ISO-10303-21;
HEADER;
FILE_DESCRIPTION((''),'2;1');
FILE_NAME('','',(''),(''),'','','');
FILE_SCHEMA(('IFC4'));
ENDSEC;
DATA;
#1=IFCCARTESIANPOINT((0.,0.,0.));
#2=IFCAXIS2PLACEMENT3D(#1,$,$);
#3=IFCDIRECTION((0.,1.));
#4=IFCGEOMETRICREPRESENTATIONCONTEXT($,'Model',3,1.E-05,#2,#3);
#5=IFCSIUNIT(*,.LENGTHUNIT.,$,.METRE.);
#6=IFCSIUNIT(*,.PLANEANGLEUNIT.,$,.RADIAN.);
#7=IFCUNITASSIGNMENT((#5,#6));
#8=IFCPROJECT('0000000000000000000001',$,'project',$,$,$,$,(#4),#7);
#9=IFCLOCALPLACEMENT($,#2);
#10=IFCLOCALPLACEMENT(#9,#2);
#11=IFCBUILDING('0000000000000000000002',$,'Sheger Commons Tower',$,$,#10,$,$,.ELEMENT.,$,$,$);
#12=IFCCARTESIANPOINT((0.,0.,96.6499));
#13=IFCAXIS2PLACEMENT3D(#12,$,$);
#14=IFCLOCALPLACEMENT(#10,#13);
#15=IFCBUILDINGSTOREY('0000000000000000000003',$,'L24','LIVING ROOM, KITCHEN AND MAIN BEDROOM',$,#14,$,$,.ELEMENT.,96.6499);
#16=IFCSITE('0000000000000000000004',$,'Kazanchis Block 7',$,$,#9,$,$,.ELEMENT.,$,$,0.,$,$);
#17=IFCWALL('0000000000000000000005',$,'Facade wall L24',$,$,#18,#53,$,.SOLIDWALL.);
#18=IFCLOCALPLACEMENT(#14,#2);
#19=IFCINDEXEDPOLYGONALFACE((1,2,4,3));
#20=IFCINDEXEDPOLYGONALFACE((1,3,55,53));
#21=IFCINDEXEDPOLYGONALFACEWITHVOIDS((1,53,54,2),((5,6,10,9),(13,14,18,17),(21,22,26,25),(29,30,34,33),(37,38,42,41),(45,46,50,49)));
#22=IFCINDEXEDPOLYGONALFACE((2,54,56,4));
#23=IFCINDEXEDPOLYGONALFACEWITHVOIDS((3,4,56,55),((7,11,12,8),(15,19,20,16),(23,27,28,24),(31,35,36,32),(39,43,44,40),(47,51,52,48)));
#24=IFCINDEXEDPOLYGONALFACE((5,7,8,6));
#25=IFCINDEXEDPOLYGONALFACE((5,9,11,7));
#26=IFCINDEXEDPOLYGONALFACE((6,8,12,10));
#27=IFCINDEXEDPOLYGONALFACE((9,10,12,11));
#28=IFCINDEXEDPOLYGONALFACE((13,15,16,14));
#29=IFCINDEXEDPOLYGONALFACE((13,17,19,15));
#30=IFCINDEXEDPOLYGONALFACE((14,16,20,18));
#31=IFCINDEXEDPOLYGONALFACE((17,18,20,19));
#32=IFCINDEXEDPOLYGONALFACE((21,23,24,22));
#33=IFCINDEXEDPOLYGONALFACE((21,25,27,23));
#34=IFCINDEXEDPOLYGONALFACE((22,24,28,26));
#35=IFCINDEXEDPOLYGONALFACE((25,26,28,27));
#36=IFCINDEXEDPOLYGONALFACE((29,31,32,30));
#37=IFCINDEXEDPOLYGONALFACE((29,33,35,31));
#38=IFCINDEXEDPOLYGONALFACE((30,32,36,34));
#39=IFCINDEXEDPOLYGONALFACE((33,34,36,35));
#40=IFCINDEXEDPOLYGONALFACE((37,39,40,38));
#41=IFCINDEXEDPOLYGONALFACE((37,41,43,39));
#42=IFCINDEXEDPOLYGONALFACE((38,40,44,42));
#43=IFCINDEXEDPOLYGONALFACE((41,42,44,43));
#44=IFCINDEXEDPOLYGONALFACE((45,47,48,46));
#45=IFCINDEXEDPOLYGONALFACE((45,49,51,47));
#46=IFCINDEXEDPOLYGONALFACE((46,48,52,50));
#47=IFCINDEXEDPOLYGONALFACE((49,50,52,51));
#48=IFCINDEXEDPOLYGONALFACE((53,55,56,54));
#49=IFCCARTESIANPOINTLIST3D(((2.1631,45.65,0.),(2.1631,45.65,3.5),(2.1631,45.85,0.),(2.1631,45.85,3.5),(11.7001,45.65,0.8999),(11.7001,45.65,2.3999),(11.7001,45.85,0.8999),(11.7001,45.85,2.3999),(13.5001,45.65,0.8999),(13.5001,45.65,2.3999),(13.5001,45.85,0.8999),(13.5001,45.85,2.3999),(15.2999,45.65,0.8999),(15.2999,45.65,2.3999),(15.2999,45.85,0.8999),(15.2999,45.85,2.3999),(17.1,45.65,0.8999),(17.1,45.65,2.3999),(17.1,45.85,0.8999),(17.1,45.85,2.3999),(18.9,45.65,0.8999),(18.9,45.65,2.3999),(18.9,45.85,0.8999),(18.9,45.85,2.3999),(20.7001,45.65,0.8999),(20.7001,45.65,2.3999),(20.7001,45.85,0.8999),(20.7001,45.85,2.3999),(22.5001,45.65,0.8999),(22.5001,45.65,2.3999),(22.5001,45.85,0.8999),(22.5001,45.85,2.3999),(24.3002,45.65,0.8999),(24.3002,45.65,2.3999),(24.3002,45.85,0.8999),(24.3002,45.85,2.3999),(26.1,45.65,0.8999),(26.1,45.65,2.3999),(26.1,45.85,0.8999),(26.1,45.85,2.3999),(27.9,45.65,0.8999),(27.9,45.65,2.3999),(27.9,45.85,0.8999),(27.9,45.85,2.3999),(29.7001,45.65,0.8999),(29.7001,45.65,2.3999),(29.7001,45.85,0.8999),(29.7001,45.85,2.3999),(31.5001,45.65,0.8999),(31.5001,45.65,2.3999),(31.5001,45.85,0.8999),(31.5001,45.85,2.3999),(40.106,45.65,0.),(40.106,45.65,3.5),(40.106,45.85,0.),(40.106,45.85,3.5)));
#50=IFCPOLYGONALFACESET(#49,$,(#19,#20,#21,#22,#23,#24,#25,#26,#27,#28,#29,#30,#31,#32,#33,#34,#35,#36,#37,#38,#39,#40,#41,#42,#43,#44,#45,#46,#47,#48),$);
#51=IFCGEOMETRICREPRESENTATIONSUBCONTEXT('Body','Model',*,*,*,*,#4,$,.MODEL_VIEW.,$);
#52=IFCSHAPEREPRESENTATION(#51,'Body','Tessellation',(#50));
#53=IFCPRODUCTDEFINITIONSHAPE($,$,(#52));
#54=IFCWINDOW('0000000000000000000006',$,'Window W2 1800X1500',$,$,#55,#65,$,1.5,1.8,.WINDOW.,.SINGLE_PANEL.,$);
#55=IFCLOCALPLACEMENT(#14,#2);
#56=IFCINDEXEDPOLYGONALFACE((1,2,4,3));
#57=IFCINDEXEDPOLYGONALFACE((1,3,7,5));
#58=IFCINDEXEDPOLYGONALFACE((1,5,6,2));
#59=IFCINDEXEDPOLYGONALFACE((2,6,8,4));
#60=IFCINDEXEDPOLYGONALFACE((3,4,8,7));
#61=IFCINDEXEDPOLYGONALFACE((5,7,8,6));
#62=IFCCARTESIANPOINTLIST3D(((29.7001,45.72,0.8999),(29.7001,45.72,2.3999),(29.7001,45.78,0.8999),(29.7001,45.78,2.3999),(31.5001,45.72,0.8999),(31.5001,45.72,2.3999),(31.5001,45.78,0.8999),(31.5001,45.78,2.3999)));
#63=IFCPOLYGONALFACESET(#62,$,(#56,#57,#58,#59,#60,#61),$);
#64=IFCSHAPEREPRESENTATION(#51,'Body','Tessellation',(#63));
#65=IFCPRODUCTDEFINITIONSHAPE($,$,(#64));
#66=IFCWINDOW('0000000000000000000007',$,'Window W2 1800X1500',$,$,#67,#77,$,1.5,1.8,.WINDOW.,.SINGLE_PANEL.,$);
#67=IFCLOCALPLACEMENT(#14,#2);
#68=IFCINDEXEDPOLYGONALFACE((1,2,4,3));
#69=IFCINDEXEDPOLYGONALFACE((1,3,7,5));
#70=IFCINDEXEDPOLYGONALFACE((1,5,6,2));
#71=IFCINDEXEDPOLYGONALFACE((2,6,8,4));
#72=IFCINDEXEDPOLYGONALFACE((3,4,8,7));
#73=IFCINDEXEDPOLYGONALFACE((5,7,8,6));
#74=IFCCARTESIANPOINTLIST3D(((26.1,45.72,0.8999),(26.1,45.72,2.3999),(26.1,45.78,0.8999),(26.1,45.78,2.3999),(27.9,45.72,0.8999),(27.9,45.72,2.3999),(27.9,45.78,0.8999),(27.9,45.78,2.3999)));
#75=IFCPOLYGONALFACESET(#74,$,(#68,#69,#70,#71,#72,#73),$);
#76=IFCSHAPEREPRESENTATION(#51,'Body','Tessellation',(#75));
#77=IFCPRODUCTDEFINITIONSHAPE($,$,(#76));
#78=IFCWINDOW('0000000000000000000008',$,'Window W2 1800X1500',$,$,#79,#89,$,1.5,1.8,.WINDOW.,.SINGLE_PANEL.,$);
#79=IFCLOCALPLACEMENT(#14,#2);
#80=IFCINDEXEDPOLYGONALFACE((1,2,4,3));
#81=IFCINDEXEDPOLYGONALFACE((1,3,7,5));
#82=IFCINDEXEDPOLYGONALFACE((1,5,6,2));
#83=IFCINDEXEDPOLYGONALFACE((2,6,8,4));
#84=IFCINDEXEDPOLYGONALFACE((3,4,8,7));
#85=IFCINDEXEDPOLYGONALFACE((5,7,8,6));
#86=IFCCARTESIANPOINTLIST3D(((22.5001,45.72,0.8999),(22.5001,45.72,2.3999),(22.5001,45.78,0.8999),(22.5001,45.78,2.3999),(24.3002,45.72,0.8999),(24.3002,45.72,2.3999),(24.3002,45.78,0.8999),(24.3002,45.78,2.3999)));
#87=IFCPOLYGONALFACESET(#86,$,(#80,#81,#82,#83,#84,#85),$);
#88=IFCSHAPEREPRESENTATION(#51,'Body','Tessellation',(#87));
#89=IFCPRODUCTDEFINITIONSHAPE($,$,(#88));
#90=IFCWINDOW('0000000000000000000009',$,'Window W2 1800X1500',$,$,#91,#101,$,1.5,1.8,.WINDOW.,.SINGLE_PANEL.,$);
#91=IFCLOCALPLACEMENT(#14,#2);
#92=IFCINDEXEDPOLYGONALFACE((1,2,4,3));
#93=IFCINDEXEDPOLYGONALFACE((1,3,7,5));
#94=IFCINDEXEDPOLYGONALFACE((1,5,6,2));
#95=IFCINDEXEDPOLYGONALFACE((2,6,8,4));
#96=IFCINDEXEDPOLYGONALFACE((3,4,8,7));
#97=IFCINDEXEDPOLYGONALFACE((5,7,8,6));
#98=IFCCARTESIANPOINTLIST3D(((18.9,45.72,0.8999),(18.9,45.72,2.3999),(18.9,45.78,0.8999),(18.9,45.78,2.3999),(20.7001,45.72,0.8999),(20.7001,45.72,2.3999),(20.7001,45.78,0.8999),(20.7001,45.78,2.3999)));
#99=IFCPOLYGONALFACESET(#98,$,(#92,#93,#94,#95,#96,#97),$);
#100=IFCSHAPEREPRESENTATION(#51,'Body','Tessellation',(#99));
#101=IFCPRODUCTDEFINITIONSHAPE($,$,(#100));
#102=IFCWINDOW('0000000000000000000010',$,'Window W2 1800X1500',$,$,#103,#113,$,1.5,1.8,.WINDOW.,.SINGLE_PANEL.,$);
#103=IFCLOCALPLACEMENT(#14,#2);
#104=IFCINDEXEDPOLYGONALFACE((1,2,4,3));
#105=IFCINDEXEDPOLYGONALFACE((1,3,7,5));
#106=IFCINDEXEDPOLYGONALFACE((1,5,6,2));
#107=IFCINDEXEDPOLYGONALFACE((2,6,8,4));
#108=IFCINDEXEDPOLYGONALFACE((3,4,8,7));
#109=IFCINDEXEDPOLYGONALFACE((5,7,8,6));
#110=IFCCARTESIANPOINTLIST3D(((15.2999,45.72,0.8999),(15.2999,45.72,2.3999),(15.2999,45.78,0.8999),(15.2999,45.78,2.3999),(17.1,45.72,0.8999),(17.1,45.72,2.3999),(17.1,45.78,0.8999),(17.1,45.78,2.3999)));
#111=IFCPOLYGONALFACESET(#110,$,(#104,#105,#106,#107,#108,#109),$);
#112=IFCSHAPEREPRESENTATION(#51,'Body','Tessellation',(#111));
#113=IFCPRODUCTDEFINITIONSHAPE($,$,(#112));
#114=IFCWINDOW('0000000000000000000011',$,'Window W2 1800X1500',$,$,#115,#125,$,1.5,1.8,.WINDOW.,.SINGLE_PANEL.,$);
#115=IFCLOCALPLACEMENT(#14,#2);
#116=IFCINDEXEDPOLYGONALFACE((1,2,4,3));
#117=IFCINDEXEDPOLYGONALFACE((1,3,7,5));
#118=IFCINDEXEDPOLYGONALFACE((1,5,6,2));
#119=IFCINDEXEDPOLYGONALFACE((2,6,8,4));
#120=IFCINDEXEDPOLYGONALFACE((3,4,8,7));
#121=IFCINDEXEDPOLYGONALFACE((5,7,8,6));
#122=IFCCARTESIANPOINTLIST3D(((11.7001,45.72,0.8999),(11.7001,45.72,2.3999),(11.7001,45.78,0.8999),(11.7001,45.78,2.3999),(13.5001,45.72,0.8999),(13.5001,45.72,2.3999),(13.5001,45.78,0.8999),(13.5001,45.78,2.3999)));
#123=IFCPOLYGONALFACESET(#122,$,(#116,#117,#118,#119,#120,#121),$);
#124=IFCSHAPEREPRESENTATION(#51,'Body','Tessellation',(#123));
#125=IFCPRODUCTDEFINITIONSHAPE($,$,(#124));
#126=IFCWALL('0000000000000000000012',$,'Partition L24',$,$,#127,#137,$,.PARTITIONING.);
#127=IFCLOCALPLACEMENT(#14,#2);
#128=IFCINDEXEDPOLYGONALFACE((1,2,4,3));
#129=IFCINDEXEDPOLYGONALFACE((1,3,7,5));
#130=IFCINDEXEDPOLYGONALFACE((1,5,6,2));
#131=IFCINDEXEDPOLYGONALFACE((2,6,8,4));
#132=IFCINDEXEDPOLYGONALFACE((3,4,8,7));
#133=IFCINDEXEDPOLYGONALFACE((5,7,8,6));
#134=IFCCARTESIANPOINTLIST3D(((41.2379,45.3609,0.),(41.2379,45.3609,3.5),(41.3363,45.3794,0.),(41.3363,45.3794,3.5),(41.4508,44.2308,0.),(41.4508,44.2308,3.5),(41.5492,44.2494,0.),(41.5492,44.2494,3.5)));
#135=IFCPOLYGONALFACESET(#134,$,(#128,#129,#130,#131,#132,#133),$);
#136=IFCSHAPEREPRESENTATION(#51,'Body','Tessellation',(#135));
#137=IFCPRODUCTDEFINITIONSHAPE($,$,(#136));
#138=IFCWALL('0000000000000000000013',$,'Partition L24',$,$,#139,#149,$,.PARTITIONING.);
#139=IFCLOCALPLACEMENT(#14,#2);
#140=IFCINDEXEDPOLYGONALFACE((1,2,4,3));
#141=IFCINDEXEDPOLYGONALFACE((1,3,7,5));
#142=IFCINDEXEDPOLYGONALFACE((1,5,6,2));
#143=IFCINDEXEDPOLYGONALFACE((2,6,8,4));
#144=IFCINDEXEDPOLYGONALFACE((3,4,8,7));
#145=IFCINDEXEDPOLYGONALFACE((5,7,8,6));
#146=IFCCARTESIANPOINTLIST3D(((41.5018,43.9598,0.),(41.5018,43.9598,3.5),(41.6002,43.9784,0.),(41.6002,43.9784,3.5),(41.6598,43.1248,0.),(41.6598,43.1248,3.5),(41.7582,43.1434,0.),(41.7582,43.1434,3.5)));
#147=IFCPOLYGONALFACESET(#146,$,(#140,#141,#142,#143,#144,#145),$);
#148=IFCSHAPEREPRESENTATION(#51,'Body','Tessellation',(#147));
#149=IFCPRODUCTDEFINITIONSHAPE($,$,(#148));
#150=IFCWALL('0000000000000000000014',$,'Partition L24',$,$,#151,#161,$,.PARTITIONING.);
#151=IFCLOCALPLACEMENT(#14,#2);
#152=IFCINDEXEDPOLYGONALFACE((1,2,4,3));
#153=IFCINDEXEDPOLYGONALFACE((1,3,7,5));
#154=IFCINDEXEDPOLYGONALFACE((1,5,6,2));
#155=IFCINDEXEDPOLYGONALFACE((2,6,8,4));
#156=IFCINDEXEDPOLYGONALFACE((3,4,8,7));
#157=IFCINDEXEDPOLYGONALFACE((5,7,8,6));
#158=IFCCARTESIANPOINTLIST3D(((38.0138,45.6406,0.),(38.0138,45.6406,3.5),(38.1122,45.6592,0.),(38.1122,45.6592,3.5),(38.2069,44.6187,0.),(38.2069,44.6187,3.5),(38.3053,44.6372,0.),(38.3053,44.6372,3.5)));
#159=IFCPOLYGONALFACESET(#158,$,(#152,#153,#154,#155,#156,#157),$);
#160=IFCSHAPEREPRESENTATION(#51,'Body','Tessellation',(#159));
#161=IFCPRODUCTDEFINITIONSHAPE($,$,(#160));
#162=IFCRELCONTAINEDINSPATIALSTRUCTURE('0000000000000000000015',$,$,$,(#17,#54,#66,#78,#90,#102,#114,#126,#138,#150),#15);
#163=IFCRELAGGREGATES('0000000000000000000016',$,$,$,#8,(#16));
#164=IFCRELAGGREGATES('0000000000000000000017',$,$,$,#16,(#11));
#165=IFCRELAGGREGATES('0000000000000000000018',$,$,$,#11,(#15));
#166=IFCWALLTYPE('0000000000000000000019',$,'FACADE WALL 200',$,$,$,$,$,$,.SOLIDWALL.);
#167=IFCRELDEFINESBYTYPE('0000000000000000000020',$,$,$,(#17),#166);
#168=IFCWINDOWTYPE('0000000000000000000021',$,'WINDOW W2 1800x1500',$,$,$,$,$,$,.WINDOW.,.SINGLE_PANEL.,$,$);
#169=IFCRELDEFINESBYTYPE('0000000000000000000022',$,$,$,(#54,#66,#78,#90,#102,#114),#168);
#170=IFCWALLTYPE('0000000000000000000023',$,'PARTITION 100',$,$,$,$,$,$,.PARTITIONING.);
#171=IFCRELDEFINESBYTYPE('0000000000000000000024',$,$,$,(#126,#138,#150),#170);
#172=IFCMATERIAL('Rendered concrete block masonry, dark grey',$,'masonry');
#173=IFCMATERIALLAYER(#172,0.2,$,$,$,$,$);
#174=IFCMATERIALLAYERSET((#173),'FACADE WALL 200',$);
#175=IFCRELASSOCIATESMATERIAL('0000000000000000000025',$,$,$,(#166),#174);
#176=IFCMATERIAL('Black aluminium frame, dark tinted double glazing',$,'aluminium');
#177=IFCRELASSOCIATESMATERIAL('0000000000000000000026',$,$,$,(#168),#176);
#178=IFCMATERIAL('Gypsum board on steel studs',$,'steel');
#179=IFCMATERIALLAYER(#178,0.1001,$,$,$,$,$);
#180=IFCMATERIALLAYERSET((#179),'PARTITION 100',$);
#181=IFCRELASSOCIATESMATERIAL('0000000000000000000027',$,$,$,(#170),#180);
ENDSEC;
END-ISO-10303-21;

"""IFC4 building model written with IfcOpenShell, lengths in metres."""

from ifc_helpers import new_model, si_unit, direction, frame, frame_2d, origin, place, context, subcontext, project, spatial, rectangle, extrude, material, layer, layer_set, type_object, element, fill, save


model = new_model("IFC4")

# Units and contexts
model_context = context("Model", 3, precision=1e-05, world=origin(), true_north=direction((0.0, 1.0)))
body_context = subcontext(model_context, "Body", "Model", "MODEL_VIEW")
ifc_project = project(units=[si_unit("LENGTHUNIT", "METRE"), si_unit("PLANEANGLEUNIT", "RADIAN")], contexts=[model_context])

# Site, building, storey
site_placement = place(None, origin())
site = spatial("IfcSite", under=ifc_project, at=site_placement, Name="Kazanchis Block 7", CompositionType="ELEMENT", RefElevation=0.0)
building_placement = place(site_placement, origin())
building = spatial("IfcBuilding", under=site, at=building_placement, Name="Sheger Commons Tower", CompositionType="ELEMENT")
storey_placement = place(building_placement, frame((0.0, 0.0, 96.6499)))
storey = spatial("IfcBuildingStorey", under=building, at=storey_placement, Name="L24", Description="LIVING ROOM, KITCHEN AND MAIN BEDROOM", CompositionType="ELEMENT", Elevation=96.6499)

# Shared definitions
ifc_material_1 = material(Name="Rendered concrete block masonry, dark grey", Category="masonry")
ifc_layer_1 = layer(ifc_material_1, 0.2)
ifc_layer_set_1 = layer_set([ifc_layer_1], Name="FACADE WALL 200")
wall_type_1 = type_object("IfcWallType", Name="FACADE WALL 200", PredefinedType="SOLIDWALL", material=ifc_layer_set_1)

# Wall, openings, windows
wall_1_placement = place(storey_placement, frame((40.106, 45.75, 0.0), z_axis=(0.0, 0.0, 1.0), x_axis=(-1.0, 0.0, 0.0)))
wall_1 = element("IfcWall", 1, at=wall_1_placement, inside=storey, type_object=wall_type_1, Name="Facade wall L24", PredefinedType="SOLIDWALL", context=body_context, shape_type="SweptSolid", body=[
    extrude(rectangle(XDim=37.9429, YDim=0.2, at=frame_2d((18.9714, 0.0))), origin(), (0.0, 0.0, 1.0), 3.5),
])
opening_1_placement = place(wall_1_placement, frame((8.606, 0.0, 0.8999)))
opening_1 = element("IfcOpeningElement", 2, at=opening_1_placement, cuts=wall_1, PredefinedType="OPENING", context=body_context, shape_type="SweptSolid", body=[
    extrude(rectangle(XDim=1.8, YDim=1.5, at=frame_2d((0.8999, 0.75))), frame((0.0, 0.1099, 0.0), z_axis=(0.0, -1.0, 0.0), x_axis=(1.0, 0.0, 0.0)), (0.0, 0.0, 1.0), 0.22),
])
opening_2_placement = place(wall_1_placement, frame((12.2061, 0.0, 0.8999)))
opening_2 = element("IfcOpeningElement", 3, at=opening_2_placement, cuts=wall_1, PredefinedType="OPENING", context=body_context, shape_type="SweptSolid", body=[
    extrude(rectangle(XDim=1.8, YDim=1.5, at=frame_2d((0.8999, 0.75))), frame((0.0, 0.1099, 0.0), z_axis=(0.0, -1.0, 0.0), x_axis=(1.0, 0.0, 0.0)), (0.0, 0.0, 1.0), 0.22),
])
opening_3_placement = place(wall_1_placement, frame((15.8059, 0.0, 0.8999)))
opening_3 = element("IfcOpeningElement", 4, at=opening_3_placement, cuts=wall_1, PredefinedType="OPENING", context=body_context, shape_type="SweptSolid", body=[
    extrude(rectangle(XDim=1.8, YDim=1.5, at=frame_2d((0.8999, 0.75))), frame((0.0, 0.1099, 0.0), z_axis=(0.0, -1.0, 0.0), x_axis=(1.0, 0.0, 0.0)), (0.0, 0.0, 1.0), 0.22),
])
opening_4_placement = place(wall_1_placement, frame((19.406, 0.0, 0.8999)))
opening_4 = element("IfcOpeningElement", 5, at=opening_4_placement, cuts=wall_1, PredefinedType="OPENING", context=body_context, shape_type="SweptSolid", body=[
    extrude(rectangle(XDim=1.8, YDim=1.5, at=frame_2d((0.8999, 0.75))), frame((0.0, 0.1099, 0.0), z_axis=(0.0, -1.0, 0.0), x_axis=(1.0, 0.0, 0.0)), (0.0, 0.0, 1.0), 0.22),
])
opening_5_placement = place(wall_1_placement, frame((23.0061, 0.0, 0.8999)))
opening_5 = element("IfcOpeningElement", 6, at=opening_5_placement, cuts=wall_1, PredefinedType="OPENING", context=body_context, shape_type="SweptSolid", body=[
    extrude(rectangle(XDim=1.8, YDim=1.5, at=frame_2d((0.8999, 0.75))), frame((0.0, 0.1099, 0.0), z_axis=(0.0, -1.0, 0.0), x_axis=(1.0, 0.0, 0.0)), (0.0, 0.0, 1.0), 0.22),
])
opening_6_placement = place(wall_1_placement, frame((26.606, 0.0, 0.8999)))
opening_6 = element("IfcOpeningElement", 7, at=opening_6_placement, cuts=wall_1, PredefinedType="OPENING", context=body_context, shape_type="SweptSolid", body=[
    extrude(rectangle(XDim=1.8, YDim=1.5, at=frame_2d((0.8999, 0.75))), frame((0.0, 0.1099, 0.0), z_axis=(0.0, -1.0, 0.0), x_axis=(1.0, 0.0, 0.0)), (0.0, 0.0, 1.0), 0.22),
])
ifc_material_2 = material(Name="Black aluminium frame, dark tinted double glazing", Category="aluminium")
window_type = type_object("IfcWindowType", Name="WINDOW W2 1800x1500", PartitioningType="SINGLE_PANEL", PredefinedType="WINDOW", material=ifc_material_2)
window_1_placement = place(opening_1_placement, origin())
window_1 = element("IfcWindow", 8, at=window_1_placement, inside=storey, type_object=window_type, Name="Window W2 1800X1500", OverallHeight=1.5, OverallWidth=1.8, PartitioningType="SINGLE_PANEL", PredefinedType="WINDOW", context=body_context, shape_type="SweptSolid", body=[
    extrude(rectangle(XDim=1.8, YDim=1.5, at=frame_2d((0.8999, 0.75))), frame((0.0, 0.03, 0.0), z_axis=(0.0, -1.0, 0.0), x_axis=(1.0, 0.0, 0.0)), (0.0, 0.0, 1.0), 0.0601),
])
fill(opening_1, window_1)
window_2_placement = place(opening_2_placement, origin())
window_2 = element("IfcWindow", 9, at=window_2_placement, inside=storey, type_object=window_type, Name="Window W2 1800X1500", OverallHeight=1.5, OverallWidth=1.8, PartitioningType="SINGLE_PANEL", PredefinedType="WINDOW", context=body_context, shape_type="SweptSolid", body=[
    extrude(rectangle(XDim=1.8, YDim=1.5, at=frame_2d((0.8999, 0.75))), frame((0.0, 0.03, 0.0), z_axis=(0.0, -1.0, 0.0), x_axis=(1.0, 0.0, 0.0)), (0.0, 0.0, 1.0), 0.0601),
])
fill(opening_2, window_2)
window_3_placement = place(opening_3_placement, origin())
window_3 = element("IfcWindow", 10, at=window_3_placement, inside=storey, type_object=window_type, Name="Window W2 1800X1500", OverallHeight=1.5, OverallWidth=1.8, PartitioningType="SINGLE_PANEL", PredefinedType="WINDOW", context=body_context, shape_type="SweptSolid", body=[
    extrude(rectangle(XDim=1.8, YDim=1.5, at=frame_2d((0.8999, 0.75))), frame((0.0, 0.03, 0.0), z_axis=(0.0, -1.0, 0.0), x_axis=(1.0, 0.0, 0.0)), (0.0, 0.0, 1.0), 0.0601),
])
fill(opening_3, window_3)
window_4_placement = place(opening_4_placement, origin())
window_4 = element("IfcWindow", 11, at=window_4_placement, inside=storey, type_object=window_type, Name="Window W2 1800X1500", OverallHeight=1.5, OverallWidth=1.8, PartitioningType="SINGLE_PANEL", PredefinedType="WINDOW", context=body_context, shape_type="SweptSolid", body=[
    extrude(rectangle(XDim=1.8, YDim=1.5, at=frame_2d((0.8999, 0.75))), frame((0.0, 0.03, 0.0), z_axis=(0.0, -1.0, 0.0), x_axis=(1.0, 0.0, 0.0)), (0.0, 0.0, 1.0), 0.0601),
])
fill(opening_4, window_4)
window_5_placement = place(opening_5_placement, origin())
window_5 = element("IfcWindow", 12, at=window_5_placement, inside=storey, type_object=window_type, Name="Window W2 1800X1500", OverallHeight=1.5, OverallWidth=1.8, PartitioningType="SINGLE_PANEL", PredefinedType="WINDOW", context=body_context, shape_type="SweptSolid", body=[
    extrude(rectangle(XDim=1.8, YDim=1.5, at=frame_2d((0.8999, 0.75))), frame((0.0, 0.03, 0.0), z_axis=(0.0, -1.0, 0.0), x_axis=(1.0, 0.0, 0.0)), (0.0, 0.0, 1.0), 0.0601),
])
fill(opening_5, window_5)
window_6_placement = place(opening_6_placement, origin())
window_6 = element("IfcWindow", 13, at=window_6_placement, inside=storey, type_object=window_type, Name="Window W2 1800X1500", OverallHeight=1.5, OverallWidth=1.8, PartitioningType="SINGLE_PANEL", PredefinedType="WINDOW", context=body_context, shape_type="SweptSolid", body=[
    extrude(rectangle(XDim=1.8, YDim=1.5, at=frame_2d((0.8999, 0.75))), frame((0.0, 0.03, 0.0), z_axis=(0.0, -1.0, 0.0), x_axis=(1.0, 0.0, 0.0)), (0.0, 0.0, 1.0), 0.0601),
])
fill(opening_6, window_6)

# Walls
ifc_material_3 = material(Name="Gypsum board on steel studs", Category="steel")
ifc_layer_2 = layer(ifc_material_3, 0.1001)
ifc_layer_set_2 = layer_set([ifc_layer_2], Name="PARTITION 100")
wall_type_2 = type_object("IfcWallType", Name="PARTITION 100", PredefinedType="PARTITIONING", material=ifc_layer_set_2)
wall_2_placement = place(storey_placement, frame((41.2871, 45.3701, 0.0), z_axis=(0.0, 0.0, 1.0), x_axis=(0.185122, -0.982716, 0.0)))
element("IfcWall", 14, at=wall_2_placement, inside=storey, type_object=wall_type_2, Name="Partition L24", PredefinedType="PARTITIONING", context=body_context, shape_type="SweptSolid", body=[
    extrude(rectangle(XDim=1.1499, YDim=0.1001, at=frame_2d((0.575, 0.0))), origin(), (0.0, 0.0, 1.0), 3.5),
])
wall_3_placement = place(storey_placement, frame((41.551, 43.969, 0.0), z_axis=(0.0, 0.0, 1.0), x_axis=(0.185884, -0.982572, 0.0)))
element("IfcWall", 15, at=wall_3_placement, inside=storey, type_object=wall_type_2, Name="Partition L24", PredefinedType="PARTITIONING", context=body_context, shape_type="SweptSolid", body=[
    extrude(rectangle(XDim=0.8499, YDim=0.1001, at=frame_2d((0.4248, 0.0))), origin(), (0.0, 0.0, 1.0), 3.5),
])
wall_4_placement = place(storey_placement, frame((38.063, 45.6499, 0.0), z_axis=(0.0, 0.0, 1.0), x_axis=(0.185677, -0.982611, 0.0)))
element("IfcWall", 16, at=wall_4_placement, inside=storey, type_object=wall_type_2, Name="Partition L24", PredefinedType="PARTITIONING", context=body_context, shape_type="SweptSolid", body=[
    extrude(rectangle(XDim=1.04, YDim=0.1001, at=frame_2d((0.52, 0.0))), origin(), (0.0, 0.0, 1.0), 3.5),
])

save(model, "model.ifc")
